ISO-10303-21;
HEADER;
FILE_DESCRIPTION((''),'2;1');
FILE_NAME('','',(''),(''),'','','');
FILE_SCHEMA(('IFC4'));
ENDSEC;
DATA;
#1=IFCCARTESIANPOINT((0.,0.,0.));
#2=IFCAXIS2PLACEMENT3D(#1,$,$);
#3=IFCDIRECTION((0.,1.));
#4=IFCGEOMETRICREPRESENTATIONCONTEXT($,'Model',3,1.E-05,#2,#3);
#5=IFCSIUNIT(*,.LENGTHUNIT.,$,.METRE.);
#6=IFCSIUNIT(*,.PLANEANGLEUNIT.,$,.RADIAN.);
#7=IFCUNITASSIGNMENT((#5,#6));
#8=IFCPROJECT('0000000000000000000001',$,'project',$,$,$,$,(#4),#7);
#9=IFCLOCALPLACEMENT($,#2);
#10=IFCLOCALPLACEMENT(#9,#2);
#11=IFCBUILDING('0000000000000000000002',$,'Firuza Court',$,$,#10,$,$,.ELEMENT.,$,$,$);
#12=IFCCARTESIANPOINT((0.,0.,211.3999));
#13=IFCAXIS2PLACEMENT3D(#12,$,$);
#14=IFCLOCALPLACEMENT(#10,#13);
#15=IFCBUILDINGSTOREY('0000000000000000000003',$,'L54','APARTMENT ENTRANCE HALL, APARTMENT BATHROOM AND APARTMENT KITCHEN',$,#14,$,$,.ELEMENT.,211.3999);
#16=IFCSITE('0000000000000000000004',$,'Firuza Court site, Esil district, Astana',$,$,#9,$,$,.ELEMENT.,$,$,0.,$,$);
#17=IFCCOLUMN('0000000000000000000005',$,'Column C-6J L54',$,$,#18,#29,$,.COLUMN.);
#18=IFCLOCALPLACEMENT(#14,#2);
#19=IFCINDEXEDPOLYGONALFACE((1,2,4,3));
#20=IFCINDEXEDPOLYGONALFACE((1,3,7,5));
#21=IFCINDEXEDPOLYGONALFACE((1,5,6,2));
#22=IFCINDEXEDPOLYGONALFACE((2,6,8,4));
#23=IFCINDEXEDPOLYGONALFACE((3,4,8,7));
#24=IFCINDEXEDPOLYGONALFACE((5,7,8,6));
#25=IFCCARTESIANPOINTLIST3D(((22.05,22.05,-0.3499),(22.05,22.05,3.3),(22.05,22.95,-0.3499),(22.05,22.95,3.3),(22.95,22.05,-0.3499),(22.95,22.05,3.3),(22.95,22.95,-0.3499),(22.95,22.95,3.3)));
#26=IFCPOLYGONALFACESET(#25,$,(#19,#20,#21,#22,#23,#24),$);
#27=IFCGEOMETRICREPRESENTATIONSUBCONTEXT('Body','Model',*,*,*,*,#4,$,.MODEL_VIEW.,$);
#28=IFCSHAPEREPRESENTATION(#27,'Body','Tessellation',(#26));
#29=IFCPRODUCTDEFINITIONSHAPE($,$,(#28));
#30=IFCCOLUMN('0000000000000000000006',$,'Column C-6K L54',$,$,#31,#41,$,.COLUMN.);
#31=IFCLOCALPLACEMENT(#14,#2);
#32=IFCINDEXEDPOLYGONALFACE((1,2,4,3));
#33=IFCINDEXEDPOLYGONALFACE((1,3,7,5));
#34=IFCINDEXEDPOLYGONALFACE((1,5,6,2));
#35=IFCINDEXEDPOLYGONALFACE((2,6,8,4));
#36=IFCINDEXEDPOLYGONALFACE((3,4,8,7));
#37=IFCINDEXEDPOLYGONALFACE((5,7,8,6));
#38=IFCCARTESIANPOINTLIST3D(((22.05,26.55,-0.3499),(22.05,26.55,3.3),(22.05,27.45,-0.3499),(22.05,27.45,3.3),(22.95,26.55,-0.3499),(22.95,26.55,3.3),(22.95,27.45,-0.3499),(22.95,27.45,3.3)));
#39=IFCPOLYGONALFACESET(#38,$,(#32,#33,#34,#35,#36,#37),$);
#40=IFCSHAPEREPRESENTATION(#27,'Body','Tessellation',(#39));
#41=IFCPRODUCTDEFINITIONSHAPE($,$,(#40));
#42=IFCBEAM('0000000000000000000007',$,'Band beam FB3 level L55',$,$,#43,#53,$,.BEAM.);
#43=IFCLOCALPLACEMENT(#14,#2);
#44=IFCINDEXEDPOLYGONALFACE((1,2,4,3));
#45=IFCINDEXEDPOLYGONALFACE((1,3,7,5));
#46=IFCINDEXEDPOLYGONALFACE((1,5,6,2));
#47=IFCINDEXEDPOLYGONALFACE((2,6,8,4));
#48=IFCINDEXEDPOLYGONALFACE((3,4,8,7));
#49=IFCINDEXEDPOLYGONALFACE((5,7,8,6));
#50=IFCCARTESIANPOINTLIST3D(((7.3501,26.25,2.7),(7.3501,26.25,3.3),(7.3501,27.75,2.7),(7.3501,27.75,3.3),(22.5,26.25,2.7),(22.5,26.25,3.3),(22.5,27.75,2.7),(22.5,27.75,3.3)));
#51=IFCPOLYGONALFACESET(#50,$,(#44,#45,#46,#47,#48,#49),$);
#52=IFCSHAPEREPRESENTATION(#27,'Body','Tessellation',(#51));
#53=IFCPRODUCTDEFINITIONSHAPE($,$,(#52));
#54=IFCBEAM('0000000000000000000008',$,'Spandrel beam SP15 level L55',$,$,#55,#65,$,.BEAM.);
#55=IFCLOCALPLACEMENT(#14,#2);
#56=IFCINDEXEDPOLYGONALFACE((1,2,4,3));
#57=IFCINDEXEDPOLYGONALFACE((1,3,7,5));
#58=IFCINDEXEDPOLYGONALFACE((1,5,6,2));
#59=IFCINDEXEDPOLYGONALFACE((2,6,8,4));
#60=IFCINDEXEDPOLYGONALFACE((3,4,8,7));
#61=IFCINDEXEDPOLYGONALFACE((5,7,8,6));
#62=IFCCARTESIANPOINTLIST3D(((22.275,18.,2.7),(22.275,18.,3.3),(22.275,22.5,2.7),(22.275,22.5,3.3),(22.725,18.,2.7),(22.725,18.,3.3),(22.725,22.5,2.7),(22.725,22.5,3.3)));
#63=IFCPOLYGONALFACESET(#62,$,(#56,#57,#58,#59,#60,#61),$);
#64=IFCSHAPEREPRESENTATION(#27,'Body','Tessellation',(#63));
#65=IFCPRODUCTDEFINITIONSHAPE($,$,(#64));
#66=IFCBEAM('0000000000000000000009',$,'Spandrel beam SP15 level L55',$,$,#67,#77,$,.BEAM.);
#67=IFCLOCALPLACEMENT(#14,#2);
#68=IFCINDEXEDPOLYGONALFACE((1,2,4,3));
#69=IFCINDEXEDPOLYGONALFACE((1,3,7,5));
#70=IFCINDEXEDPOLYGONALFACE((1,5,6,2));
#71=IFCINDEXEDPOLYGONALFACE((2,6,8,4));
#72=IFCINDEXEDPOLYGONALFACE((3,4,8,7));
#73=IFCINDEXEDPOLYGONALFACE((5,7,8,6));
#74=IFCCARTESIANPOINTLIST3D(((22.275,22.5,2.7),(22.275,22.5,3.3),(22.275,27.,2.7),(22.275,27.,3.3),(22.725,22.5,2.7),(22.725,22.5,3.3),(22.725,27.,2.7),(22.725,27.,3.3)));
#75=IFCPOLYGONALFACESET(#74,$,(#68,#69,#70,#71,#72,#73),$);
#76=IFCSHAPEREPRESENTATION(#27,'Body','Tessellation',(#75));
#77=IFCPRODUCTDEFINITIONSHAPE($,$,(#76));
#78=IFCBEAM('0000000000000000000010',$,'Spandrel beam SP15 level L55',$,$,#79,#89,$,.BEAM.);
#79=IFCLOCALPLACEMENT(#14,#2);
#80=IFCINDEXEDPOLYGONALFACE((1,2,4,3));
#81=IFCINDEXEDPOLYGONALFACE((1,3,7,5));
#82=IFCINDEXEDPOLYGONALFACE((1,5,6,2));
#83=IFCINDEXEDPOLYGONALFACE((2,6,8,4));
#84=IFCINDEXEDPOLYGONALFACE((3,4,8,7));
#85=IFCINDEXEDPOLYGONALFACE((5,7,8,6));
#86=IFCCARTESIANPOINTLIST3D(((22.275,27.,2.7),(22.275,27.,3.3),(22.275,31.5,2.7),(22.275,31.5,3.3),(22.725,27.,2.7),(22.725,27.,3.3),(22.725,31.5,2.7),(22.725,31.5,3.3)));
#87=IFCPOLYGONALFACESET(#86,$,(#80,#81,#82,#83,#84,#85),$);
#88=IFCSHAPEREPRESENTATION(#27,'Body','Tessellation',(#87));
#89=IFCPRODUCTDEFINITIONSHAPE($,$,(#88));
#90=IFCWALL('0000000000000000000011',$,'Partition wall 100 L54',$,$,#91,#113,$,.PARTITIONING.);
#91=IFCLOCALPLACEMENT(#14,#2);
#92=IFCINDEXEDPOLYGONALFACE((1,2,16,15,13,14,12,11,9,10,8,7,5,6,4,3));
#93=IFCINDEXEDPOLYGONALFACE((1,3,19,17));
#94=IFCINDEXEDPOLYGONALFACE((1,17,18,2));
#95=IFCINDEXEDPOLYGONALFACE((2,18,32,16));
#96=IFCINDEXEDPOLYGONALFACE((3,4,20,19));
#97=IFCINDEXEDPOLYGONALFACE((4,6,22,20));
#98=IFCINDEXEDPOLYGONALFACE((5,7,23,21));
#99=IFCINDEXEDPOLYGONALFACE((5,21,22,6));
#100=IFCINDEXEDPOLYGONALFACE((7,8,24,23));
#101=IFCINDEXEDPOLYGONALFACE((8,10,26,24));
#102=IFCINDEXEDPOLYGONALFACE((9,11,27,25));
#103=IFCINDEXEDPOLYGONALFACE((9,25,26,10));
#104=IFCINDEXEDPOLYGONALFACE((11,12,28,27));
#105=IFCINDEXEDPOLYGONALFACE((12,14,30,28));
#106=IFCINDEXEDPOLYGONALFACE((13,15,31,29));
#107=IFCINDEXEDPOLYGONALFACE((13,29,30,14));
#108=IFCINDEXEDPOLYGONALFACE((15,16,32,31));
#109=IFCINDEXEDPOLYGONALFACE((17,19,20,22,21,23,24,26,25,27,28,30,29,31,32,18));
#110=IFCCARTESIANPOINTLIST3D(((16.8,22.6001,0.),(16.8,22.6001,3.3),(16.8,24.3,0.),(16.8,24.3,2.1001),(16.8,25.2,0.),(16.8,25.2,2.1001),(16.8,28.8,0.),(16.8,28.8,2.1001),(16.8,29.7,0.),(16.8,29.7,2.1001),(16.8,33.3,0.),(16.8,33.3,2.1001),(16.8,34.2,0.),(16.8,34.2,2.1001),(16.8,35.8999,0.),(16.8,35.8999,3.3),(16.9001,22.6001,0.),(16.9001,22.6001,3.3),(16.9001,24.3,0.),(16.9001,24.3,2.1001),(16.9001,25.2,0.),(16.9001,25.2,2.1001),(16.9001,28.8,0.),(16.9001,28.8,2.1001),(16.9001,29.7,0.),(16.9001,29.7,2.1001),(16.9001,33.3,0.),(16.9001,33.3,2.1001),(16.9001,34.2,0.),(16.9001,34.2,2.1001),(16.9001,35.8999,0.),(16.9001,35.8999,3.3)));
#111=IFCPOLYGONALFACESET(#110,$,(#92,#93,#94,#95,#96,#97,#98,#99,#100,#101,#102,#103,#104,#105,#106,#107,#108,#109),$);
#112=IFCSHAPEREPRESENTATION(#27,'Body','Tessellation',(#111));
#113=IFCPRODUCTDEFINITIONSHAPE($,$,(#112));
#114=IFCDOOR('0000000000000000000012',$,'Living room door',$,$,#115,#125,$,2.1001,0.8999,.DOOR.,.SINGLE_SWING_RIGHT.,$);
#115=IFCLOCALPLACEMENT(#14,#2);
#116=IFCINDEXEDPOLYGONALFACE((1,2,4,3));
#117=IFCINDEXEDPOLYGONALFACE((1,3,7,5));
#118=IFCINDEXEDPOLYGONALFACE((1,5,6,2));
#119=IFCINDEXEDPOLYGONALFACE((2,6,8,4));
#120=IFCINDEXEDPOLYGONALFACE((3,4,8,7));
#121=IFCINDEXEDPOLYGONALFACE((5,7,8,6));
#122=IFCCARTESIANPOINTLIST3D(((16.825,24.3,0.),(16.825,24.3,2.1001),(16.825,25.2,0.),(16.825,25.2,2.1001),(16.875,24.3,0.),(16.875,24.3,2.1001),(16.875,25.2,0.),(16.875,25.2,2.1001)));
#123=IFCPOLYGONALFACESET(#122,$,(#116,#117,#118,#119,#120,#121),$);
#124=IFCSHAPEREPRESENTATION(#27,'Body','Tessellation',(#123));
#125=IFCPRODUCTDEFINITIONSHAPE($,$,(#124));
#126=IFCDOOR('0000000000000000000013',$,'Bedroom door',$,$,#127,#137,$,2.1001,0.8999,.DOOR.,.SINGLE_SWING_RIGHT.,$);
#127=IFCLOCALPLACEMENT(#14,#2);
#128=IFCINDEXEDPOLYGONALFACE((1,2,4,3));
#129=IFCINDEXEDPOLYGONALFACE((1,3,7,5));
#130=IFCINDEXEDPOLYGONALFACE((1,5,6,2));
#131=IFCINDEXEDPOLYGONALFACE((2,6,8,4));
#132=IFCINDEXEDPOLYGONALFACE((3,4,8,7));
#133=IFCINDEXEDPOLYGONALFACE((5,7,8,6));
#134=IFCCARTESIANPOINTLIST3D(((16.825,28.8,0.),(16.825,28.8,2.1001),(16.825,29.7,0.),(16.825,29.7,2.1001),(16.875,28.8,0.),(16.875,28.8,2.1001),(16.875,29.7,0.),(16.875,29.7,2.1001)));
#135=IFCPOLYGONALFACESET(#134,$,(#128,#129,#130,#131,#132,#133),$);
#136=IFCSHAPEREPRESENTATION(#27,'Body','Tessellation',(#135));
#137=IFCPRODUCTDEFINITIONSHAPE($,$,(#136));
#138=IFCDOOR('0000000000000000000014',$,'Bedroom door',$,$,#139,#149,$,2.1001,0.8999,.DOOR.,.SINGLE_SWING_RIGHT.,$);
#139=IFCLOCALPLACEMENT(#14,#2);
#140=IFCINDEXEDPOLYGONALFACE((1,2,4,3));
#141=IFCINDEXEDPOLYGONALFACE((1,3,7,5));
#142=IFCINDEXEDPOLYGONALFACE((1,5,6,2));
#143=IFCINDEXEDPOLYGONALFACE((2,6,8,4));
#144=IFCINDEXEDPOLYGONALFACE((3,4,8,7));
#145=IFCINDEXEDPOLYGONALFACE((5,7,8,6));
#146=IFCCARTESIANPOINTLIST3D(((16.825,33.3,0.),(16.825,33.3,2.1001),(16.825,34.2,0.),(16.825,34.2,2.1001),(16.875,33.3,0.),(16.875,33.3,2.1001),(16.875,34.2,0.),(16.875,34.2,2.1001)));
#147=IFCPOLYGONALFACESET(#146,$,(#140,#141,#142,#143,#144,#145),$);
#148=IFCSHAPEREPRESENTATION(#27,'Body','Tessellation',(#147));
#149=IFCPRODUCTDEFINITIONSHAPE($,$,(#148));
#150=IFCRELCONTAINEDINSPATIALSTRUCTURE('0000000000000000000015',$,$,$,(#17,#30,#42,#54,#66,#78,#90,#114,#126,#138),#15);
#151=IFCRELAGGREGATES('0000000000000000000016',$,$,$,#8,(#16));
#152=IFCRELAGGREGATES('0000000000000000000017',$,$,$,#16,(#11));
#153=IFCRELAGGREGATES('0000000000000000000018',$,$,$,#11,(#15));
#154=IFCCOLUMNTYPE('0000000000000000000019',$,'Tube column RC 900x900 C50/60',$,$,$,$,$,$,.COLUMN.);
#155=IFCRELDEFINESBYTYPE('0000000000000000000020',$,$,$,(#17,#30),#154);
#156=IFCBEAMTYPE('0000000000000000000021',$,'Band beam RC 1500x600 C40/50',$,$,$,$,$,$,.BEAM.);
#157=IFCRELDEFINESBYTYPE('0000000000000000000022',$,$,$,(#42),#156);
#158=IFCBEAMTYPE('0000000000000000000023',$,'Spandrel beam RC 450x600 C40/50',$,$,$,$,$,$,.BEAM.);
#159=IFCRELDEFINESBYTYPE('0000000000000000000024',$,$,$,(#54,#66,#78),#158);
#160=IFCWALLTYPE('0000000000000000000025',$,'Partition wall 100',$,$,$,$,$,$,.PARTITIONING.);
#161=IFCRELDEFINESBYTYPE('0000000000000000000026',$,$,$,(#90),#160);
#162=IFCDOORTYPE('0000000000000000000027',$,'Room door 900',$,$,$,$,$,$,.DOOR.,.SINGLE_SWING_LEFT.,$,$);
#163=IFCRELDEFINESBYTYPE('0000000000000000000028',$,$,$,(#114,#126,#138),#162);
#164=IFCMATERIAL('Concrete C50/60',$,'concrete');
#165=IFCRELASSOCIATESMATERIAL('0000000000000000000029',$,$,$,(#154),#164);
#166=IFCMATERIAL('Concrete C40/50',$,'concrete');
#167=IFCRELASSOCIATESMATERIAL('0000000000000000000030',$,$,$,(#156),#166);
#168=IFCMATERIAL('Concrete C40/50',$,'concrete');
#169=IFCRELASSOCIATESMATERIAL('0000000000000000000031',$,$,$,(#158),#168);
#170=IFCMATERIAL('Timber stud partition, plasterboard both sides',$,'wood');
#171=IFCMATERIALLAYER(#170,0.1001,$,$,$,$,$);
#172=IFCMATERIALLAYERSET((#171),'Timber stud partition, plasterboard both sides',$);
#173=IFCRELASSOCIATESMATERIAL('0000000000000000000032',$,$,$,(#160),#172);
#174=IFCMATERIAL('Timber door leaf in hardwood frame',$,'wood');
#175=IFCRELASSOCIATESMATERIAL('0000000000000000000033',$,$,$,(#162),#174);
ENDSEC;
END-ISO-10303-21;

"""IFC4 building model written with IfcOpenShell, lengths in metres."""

from ifc_helpers import new_model, si_unit, direction, frame, frame_2d, origin, origin_2d, place, context, subcontext, project, spatial, rectangle, extrude, material, layer, layer_set, material_profile, profile_set, type_object, element, fill, save


model = new_model("IFC4")

# Units and contexts
model_context = context("Model", 3, precision=1e-05, world=origin(), true_north=direction((0.0, 1.0)))
body_context = subcontext(model_context, "Body", "Model", "MODEL_VIEW")
ifc_project = project(units=[si_unit("LENGTHUNIT", "METRE"), si_unit("PLANEANGLEUNIT", "RADIAN")], contexts=[model_context])

# Site, building, storey
site_placement = place(None, origin())
site = spatial("IfcSite", under=ifc_project, at=site_placement, Name="Firuza Court site, Esil district, Astana", CompositionType="ELEMENT", RefElevation=0.0)
building_placement = place(site_placement, origin())
building = spatial("IfcBuilding", under=site, at=building_placement, Name="Firuza Court", CompositionType="ELEMENT")
storey_placement = place(building_placement, frame((0.0, 0.0, 211.3999)))
storey = spatial("IfcBuildingStorey", under=building, at=storey_placement, Name="L54", Description="APARTMENT ENTRANCE HALL, APARTMENT BATHROOM AND APARTMENT KITCHEN", CompositionType="ELEMENT", Elevation=211.3999)

# Columns
ifc_material_1 = material(Name="Concrete C50/60", Category="concrete")
ifc_material_profile_1 = material_profile(ifc_material_1, rectangle(XDim=0.8999, YDim=0.8999, at=origin_2d()), Name="RC 900x900")
ifc_profile_set_1 = profile_set([ifc_material_profile_1], Name="Concrete C50/60")
column_type = type_object("IfcColumnType", Name="Tube column RC 900x900 C50/60", PredefinedType="COLUMN", material=ifc_profile_set_1)
for number, where, z_axis, x_axis, name in (
    (1, (22.5, 22.5, -0.3499), (0.0, 0.0, 1.0), (1.0, 0.0, 0.0), "Column C-6J L54"),
    (2, (22.5, 27.0, -0.3499), (0.0, 0.0, 1.0), (1.0, 0.0, 0.0), "Column C-6K L54"),
):
    element("IfcColumn", number, at=place(storey_placement, frame(where, z_axis=z_axis, x_axis=x_axis)), inside=storey, type_object=column_type, Name=name, PredefinedType="COLUMN", context=body_context, shape_type="SweptSolid", body=[
        extrude(rectangle(XDim=0.8999, YDim=0.8999, at=origin_2d()), origin(), (0.0, 0.0, 1.0), 3.6499),
    ])

# Beams
ifc_material_2 = material(Name="Concrete C40/50", Category="concrete")
ifc_material_profile_2 = material_profile(ifc_material_2, rectangle(XDim=1.5, YDim=0.6001, at=origin_2d()), Name="RC 1500x600")
ifc_profile_set_2 = profile_set([ifc_material_profile_2], Name="Concrete C40/50")
beam_type_1 = type_object("IfcBeamType", Name="Band beam RC 1500x600 C40/50", PredefinedType="BEAM", material=ifc_profile_set_2)
beam_placement = place(storey_placement, frame((22.5, 27.0, 3.0), z_axis=(-1.0, 0.0, 0.0), x_axis=(0.0, -1.0, 0.0)))
element("IfcBeam", 3, at=beam_placement, inside=storey, type_object=beam_type_1, Name="Band beam FB3 level L55", PredefinedType="BEAM", context=body_context, shape_type="SweptSolid", body=[
    extrude(rectangle(XDim=1.5, YDim=0.6001, at=origin_2d()), origin(), (0.0, 0.0, 1.0), 15.1499),
])
ifc_material_3 = material(Name="Concrete C40/50", Category="concrete")
ifc_material_profile_3 = material_profile(ifc_material_3, rectangle(XDim=0.45, YDim=0.6001, at=origin_2d()), Name="RC 450x600")
ifc_profile_set_3 = profile_set([ifc_material_profile_3], Name="Concrete C40/50")
beam_type_2 = type_object("IfcBeamType", Name="Spandrel beam RC 450x600 C40/50", PredefinedType="BEAM", material=ifc_profile_set_3)
for number, where, z_axis, x_axis, name in (
    (4, (22.5, 18.0, 3.0), (0.0, 1.0, 0.0), (-1.0, 0.0, 0.0), "Spandrel beam SP15 level L55"),
    (5, (22.5, 22.5, 3.0), (0.0, 1.0, 0.0), (-1.0, 0.0, 0.0), "Spandrel beam SP15 level L55"),
    (6, (22.5, 27.0, 3.0), (0.0, 1.0, 0.0), (-1.0, 0.0, 0.0), "Spandrel beam SP15 level L55"),
):
    element("IfcBeam", number, at=place(storey_placement, frame(where, z_axis=z_axis, x_axis=x_axis)), inside=storey, type_object=beam_type_2, Name=name, PredefinedType="BEAM", context=body_context, shape_type="SweptSolid", body=[
        extrude(rectangle(XDim=0.45, YDim=0.6001, at=origin_2d()), origin(), (0.0, 0.0, 1.0), 4.5),
    ])

# Wall, openings, doors
ifc_material_4 = material(Name="Timber stud partition, plasterboard both sides", Category="wood")
ifc_layer = layer(ifc_material_4, 0.1001)
ifc_layer_set = layer_set([ifc_layer], Name="Timber stud partition, plasterboard both sides")
wall_type = type_object("IfcWallType", Name="Partition wall 100", PredefinedType="PARTITIONING", material=ifc_layer_set)
wall_1_placement = place(storey_placement, frame((16.8501, 22.6001, 0.0), z_axis=(0.0, 0.0, 1.0), x_axis=(0.0, 1.0, 0.0)))
wall_1 = element("IfcWall", 7, at=wall_1_placement, inside=storey, type_object=wall_type, Name="Partition wall 100 L54", PredefinedType="PARTITIONING", context=body_context, shape_type="SweptSolid", body=[
    extrude(rectangle(XDim=13.2998, YDim=0.1001, at=frame_2d((6.6499, 0.0))), origin(), (0.0, 0.0, 1.0), 3.3),
])
opening_1_placement = place(wall_1_placement, frame((1.7, 0.0, 0.0)))
opening_1 = element("IfcOpeningElement", 8, at=opening_1_placement, cuts=wall_1, PredefinedType="OPENING", context=body_context, shape_type="SweptSolid", body=[
    extrude(rectangle(XDim=0.8999, YDim=2.1001, at=frame_2d((0.45, 1.05))), frame((0.0, 0.062, 0.0), z_axis=(0.0, -1.0, 0.0), x_axis=(1.0, 0.0, 0.0)), (0.0, 0.0, 1.0), 0.124),
])
opening_2_placement = place(wall_1_placement, frame((6.2, 0.0, 0.0)))
opening_2 = element("IfcOpeningElement", 9, at=opening_2_placement, cuts=wall_1, PredefinedType="OPENING", context=body_context, shape_type="SweptSolid", body=[
    extrude(rectangle(XDim=0.8999, YDim=2.1001, at=frame_2d((0.45, 1.05))), frame((0.0, 0.062, 0.0), z_axis=(0.0, -1.0, 0.0), x_axis=(1.0, 0.0, 0.0)), (0.0, 0.0, 1.0), 0.124),
])
opening_3_placement = place(wall_1_placement, frame((10.7, 0.0, 0.0)))
opening_3 = element("IfcOpeningElement", 10, at=opening_3_placement, cuts=wall_1, PredefinedType="OPENING", context=body_context, shape_type="SweptSolid", body=[
    extrude(rectangle(XDim=0.8999, YDim=2.1001, at=frame_2d((0.45, 1.05))), frame((0.0, 0.062, 0.0), z_axis=(0.0, -1.0, 0.0), x_axis=(1.0, 0.0, 0.0)), (0.0, 0.0, 1.0), 0.124),
])
ifc_material_5 = material(Name="Timber door leaf in hardwood frame", Category="wood")
door_type_1 = type_object("IfcDoorType", Name="Room door 900", OperationType="SINGLE_SWING_LEFT", PredefinedType="DOOR", material=ifc_material_5)
door_1_placement = place(opening_1_placement, frame((0.8999, 0.0, 0.0), z_axis=(0.0, 0.0, 1.0), x_axis=(-1.0, 0.0, 0.0)))
door_1 = element("IfcDoor", 11, at=door_1_placement, inside=storey, type_object=door_type_1, Name="Living room door", OperationType="SINGLE_SWING_RIGHT", OverallHeight=2.1001, OverallWidth=0.8999, PredefinedType="DOOR", context=body_context, shape_type="SweptSolid", body=[
    extrude(rectangle(XDim=0.8999, YDim=2.1001, at=frame_2d((0.45, 1.05))), frame((0.0, 0.0249, 0.0), z_axis=(0.0, -1.0, 0.0), x_axis=(1.0, 0.0, 0.0)), (0.0, 0.0, 1.0), 0.05),
])
fill(opening_1, door_1)
door_2_placement = place(opening_2_placement, frame((0.8999, 0.0, 0.0), z_axis=(0.0, 0.0, 1.0), x_axis=(-1.0, 0.0, 0.0)))
door_2 = element("IfcDoor", 12, at=door_2_placement, inside=storey, type_object=door_type_1, Name="Bedroom door", OperationType="SINGLE_SWING_RIGHT", OverallHeight=2.1001, OverallWidth=0.8999, PredefinedType="DOOR", context=body_context, shape_type="SweptSolid", body=[
    extrude(rectangle(XDim=0.8999, YDim=2.1001, at=frame_2d((0.45, 1.05))), frame((0.0, 0.0249, 0.0), z_axis=(0.0, -1.0, 0.0), x_axis=(1.0, 0.0, 0.0)), (0.0, 0.0, 1.0), 0.05),
])
fill(opening_2, door_2)
door_3_placement = place(opening_3_placement, frame((0.8999, 0.0, 0.0), z_axis=(0.0, 0.0, 1.0), x_axis=(-1.0, 0.0, 0.0)))
door_3 = element("IfcDoor", 13, at=door_3_placement, inside=storey, type_object=door_type_1, Name="Bedroom door", OperationType="SINGLE_SWING_RIGHT", OverallHeight=2.1001, OverallWidth=0.8999, PredefinedType="DOOR", context=body_context, shape_type="SweptSolid", body=[
    extrude(rectangle(XDim=0.8999, YDim=2.1001, at=frame_2d((0.45, 1.05))), frame((0.0, 0.0249, 0.0), z_axis=(0.0, -1.0, 0.0), x_axis=(1.0, 0.0, 0.0)), (0.0, 0.0, 1.0), 0.05),
])
fill(opening_3, door_3)

save(model, "model.ifc")
